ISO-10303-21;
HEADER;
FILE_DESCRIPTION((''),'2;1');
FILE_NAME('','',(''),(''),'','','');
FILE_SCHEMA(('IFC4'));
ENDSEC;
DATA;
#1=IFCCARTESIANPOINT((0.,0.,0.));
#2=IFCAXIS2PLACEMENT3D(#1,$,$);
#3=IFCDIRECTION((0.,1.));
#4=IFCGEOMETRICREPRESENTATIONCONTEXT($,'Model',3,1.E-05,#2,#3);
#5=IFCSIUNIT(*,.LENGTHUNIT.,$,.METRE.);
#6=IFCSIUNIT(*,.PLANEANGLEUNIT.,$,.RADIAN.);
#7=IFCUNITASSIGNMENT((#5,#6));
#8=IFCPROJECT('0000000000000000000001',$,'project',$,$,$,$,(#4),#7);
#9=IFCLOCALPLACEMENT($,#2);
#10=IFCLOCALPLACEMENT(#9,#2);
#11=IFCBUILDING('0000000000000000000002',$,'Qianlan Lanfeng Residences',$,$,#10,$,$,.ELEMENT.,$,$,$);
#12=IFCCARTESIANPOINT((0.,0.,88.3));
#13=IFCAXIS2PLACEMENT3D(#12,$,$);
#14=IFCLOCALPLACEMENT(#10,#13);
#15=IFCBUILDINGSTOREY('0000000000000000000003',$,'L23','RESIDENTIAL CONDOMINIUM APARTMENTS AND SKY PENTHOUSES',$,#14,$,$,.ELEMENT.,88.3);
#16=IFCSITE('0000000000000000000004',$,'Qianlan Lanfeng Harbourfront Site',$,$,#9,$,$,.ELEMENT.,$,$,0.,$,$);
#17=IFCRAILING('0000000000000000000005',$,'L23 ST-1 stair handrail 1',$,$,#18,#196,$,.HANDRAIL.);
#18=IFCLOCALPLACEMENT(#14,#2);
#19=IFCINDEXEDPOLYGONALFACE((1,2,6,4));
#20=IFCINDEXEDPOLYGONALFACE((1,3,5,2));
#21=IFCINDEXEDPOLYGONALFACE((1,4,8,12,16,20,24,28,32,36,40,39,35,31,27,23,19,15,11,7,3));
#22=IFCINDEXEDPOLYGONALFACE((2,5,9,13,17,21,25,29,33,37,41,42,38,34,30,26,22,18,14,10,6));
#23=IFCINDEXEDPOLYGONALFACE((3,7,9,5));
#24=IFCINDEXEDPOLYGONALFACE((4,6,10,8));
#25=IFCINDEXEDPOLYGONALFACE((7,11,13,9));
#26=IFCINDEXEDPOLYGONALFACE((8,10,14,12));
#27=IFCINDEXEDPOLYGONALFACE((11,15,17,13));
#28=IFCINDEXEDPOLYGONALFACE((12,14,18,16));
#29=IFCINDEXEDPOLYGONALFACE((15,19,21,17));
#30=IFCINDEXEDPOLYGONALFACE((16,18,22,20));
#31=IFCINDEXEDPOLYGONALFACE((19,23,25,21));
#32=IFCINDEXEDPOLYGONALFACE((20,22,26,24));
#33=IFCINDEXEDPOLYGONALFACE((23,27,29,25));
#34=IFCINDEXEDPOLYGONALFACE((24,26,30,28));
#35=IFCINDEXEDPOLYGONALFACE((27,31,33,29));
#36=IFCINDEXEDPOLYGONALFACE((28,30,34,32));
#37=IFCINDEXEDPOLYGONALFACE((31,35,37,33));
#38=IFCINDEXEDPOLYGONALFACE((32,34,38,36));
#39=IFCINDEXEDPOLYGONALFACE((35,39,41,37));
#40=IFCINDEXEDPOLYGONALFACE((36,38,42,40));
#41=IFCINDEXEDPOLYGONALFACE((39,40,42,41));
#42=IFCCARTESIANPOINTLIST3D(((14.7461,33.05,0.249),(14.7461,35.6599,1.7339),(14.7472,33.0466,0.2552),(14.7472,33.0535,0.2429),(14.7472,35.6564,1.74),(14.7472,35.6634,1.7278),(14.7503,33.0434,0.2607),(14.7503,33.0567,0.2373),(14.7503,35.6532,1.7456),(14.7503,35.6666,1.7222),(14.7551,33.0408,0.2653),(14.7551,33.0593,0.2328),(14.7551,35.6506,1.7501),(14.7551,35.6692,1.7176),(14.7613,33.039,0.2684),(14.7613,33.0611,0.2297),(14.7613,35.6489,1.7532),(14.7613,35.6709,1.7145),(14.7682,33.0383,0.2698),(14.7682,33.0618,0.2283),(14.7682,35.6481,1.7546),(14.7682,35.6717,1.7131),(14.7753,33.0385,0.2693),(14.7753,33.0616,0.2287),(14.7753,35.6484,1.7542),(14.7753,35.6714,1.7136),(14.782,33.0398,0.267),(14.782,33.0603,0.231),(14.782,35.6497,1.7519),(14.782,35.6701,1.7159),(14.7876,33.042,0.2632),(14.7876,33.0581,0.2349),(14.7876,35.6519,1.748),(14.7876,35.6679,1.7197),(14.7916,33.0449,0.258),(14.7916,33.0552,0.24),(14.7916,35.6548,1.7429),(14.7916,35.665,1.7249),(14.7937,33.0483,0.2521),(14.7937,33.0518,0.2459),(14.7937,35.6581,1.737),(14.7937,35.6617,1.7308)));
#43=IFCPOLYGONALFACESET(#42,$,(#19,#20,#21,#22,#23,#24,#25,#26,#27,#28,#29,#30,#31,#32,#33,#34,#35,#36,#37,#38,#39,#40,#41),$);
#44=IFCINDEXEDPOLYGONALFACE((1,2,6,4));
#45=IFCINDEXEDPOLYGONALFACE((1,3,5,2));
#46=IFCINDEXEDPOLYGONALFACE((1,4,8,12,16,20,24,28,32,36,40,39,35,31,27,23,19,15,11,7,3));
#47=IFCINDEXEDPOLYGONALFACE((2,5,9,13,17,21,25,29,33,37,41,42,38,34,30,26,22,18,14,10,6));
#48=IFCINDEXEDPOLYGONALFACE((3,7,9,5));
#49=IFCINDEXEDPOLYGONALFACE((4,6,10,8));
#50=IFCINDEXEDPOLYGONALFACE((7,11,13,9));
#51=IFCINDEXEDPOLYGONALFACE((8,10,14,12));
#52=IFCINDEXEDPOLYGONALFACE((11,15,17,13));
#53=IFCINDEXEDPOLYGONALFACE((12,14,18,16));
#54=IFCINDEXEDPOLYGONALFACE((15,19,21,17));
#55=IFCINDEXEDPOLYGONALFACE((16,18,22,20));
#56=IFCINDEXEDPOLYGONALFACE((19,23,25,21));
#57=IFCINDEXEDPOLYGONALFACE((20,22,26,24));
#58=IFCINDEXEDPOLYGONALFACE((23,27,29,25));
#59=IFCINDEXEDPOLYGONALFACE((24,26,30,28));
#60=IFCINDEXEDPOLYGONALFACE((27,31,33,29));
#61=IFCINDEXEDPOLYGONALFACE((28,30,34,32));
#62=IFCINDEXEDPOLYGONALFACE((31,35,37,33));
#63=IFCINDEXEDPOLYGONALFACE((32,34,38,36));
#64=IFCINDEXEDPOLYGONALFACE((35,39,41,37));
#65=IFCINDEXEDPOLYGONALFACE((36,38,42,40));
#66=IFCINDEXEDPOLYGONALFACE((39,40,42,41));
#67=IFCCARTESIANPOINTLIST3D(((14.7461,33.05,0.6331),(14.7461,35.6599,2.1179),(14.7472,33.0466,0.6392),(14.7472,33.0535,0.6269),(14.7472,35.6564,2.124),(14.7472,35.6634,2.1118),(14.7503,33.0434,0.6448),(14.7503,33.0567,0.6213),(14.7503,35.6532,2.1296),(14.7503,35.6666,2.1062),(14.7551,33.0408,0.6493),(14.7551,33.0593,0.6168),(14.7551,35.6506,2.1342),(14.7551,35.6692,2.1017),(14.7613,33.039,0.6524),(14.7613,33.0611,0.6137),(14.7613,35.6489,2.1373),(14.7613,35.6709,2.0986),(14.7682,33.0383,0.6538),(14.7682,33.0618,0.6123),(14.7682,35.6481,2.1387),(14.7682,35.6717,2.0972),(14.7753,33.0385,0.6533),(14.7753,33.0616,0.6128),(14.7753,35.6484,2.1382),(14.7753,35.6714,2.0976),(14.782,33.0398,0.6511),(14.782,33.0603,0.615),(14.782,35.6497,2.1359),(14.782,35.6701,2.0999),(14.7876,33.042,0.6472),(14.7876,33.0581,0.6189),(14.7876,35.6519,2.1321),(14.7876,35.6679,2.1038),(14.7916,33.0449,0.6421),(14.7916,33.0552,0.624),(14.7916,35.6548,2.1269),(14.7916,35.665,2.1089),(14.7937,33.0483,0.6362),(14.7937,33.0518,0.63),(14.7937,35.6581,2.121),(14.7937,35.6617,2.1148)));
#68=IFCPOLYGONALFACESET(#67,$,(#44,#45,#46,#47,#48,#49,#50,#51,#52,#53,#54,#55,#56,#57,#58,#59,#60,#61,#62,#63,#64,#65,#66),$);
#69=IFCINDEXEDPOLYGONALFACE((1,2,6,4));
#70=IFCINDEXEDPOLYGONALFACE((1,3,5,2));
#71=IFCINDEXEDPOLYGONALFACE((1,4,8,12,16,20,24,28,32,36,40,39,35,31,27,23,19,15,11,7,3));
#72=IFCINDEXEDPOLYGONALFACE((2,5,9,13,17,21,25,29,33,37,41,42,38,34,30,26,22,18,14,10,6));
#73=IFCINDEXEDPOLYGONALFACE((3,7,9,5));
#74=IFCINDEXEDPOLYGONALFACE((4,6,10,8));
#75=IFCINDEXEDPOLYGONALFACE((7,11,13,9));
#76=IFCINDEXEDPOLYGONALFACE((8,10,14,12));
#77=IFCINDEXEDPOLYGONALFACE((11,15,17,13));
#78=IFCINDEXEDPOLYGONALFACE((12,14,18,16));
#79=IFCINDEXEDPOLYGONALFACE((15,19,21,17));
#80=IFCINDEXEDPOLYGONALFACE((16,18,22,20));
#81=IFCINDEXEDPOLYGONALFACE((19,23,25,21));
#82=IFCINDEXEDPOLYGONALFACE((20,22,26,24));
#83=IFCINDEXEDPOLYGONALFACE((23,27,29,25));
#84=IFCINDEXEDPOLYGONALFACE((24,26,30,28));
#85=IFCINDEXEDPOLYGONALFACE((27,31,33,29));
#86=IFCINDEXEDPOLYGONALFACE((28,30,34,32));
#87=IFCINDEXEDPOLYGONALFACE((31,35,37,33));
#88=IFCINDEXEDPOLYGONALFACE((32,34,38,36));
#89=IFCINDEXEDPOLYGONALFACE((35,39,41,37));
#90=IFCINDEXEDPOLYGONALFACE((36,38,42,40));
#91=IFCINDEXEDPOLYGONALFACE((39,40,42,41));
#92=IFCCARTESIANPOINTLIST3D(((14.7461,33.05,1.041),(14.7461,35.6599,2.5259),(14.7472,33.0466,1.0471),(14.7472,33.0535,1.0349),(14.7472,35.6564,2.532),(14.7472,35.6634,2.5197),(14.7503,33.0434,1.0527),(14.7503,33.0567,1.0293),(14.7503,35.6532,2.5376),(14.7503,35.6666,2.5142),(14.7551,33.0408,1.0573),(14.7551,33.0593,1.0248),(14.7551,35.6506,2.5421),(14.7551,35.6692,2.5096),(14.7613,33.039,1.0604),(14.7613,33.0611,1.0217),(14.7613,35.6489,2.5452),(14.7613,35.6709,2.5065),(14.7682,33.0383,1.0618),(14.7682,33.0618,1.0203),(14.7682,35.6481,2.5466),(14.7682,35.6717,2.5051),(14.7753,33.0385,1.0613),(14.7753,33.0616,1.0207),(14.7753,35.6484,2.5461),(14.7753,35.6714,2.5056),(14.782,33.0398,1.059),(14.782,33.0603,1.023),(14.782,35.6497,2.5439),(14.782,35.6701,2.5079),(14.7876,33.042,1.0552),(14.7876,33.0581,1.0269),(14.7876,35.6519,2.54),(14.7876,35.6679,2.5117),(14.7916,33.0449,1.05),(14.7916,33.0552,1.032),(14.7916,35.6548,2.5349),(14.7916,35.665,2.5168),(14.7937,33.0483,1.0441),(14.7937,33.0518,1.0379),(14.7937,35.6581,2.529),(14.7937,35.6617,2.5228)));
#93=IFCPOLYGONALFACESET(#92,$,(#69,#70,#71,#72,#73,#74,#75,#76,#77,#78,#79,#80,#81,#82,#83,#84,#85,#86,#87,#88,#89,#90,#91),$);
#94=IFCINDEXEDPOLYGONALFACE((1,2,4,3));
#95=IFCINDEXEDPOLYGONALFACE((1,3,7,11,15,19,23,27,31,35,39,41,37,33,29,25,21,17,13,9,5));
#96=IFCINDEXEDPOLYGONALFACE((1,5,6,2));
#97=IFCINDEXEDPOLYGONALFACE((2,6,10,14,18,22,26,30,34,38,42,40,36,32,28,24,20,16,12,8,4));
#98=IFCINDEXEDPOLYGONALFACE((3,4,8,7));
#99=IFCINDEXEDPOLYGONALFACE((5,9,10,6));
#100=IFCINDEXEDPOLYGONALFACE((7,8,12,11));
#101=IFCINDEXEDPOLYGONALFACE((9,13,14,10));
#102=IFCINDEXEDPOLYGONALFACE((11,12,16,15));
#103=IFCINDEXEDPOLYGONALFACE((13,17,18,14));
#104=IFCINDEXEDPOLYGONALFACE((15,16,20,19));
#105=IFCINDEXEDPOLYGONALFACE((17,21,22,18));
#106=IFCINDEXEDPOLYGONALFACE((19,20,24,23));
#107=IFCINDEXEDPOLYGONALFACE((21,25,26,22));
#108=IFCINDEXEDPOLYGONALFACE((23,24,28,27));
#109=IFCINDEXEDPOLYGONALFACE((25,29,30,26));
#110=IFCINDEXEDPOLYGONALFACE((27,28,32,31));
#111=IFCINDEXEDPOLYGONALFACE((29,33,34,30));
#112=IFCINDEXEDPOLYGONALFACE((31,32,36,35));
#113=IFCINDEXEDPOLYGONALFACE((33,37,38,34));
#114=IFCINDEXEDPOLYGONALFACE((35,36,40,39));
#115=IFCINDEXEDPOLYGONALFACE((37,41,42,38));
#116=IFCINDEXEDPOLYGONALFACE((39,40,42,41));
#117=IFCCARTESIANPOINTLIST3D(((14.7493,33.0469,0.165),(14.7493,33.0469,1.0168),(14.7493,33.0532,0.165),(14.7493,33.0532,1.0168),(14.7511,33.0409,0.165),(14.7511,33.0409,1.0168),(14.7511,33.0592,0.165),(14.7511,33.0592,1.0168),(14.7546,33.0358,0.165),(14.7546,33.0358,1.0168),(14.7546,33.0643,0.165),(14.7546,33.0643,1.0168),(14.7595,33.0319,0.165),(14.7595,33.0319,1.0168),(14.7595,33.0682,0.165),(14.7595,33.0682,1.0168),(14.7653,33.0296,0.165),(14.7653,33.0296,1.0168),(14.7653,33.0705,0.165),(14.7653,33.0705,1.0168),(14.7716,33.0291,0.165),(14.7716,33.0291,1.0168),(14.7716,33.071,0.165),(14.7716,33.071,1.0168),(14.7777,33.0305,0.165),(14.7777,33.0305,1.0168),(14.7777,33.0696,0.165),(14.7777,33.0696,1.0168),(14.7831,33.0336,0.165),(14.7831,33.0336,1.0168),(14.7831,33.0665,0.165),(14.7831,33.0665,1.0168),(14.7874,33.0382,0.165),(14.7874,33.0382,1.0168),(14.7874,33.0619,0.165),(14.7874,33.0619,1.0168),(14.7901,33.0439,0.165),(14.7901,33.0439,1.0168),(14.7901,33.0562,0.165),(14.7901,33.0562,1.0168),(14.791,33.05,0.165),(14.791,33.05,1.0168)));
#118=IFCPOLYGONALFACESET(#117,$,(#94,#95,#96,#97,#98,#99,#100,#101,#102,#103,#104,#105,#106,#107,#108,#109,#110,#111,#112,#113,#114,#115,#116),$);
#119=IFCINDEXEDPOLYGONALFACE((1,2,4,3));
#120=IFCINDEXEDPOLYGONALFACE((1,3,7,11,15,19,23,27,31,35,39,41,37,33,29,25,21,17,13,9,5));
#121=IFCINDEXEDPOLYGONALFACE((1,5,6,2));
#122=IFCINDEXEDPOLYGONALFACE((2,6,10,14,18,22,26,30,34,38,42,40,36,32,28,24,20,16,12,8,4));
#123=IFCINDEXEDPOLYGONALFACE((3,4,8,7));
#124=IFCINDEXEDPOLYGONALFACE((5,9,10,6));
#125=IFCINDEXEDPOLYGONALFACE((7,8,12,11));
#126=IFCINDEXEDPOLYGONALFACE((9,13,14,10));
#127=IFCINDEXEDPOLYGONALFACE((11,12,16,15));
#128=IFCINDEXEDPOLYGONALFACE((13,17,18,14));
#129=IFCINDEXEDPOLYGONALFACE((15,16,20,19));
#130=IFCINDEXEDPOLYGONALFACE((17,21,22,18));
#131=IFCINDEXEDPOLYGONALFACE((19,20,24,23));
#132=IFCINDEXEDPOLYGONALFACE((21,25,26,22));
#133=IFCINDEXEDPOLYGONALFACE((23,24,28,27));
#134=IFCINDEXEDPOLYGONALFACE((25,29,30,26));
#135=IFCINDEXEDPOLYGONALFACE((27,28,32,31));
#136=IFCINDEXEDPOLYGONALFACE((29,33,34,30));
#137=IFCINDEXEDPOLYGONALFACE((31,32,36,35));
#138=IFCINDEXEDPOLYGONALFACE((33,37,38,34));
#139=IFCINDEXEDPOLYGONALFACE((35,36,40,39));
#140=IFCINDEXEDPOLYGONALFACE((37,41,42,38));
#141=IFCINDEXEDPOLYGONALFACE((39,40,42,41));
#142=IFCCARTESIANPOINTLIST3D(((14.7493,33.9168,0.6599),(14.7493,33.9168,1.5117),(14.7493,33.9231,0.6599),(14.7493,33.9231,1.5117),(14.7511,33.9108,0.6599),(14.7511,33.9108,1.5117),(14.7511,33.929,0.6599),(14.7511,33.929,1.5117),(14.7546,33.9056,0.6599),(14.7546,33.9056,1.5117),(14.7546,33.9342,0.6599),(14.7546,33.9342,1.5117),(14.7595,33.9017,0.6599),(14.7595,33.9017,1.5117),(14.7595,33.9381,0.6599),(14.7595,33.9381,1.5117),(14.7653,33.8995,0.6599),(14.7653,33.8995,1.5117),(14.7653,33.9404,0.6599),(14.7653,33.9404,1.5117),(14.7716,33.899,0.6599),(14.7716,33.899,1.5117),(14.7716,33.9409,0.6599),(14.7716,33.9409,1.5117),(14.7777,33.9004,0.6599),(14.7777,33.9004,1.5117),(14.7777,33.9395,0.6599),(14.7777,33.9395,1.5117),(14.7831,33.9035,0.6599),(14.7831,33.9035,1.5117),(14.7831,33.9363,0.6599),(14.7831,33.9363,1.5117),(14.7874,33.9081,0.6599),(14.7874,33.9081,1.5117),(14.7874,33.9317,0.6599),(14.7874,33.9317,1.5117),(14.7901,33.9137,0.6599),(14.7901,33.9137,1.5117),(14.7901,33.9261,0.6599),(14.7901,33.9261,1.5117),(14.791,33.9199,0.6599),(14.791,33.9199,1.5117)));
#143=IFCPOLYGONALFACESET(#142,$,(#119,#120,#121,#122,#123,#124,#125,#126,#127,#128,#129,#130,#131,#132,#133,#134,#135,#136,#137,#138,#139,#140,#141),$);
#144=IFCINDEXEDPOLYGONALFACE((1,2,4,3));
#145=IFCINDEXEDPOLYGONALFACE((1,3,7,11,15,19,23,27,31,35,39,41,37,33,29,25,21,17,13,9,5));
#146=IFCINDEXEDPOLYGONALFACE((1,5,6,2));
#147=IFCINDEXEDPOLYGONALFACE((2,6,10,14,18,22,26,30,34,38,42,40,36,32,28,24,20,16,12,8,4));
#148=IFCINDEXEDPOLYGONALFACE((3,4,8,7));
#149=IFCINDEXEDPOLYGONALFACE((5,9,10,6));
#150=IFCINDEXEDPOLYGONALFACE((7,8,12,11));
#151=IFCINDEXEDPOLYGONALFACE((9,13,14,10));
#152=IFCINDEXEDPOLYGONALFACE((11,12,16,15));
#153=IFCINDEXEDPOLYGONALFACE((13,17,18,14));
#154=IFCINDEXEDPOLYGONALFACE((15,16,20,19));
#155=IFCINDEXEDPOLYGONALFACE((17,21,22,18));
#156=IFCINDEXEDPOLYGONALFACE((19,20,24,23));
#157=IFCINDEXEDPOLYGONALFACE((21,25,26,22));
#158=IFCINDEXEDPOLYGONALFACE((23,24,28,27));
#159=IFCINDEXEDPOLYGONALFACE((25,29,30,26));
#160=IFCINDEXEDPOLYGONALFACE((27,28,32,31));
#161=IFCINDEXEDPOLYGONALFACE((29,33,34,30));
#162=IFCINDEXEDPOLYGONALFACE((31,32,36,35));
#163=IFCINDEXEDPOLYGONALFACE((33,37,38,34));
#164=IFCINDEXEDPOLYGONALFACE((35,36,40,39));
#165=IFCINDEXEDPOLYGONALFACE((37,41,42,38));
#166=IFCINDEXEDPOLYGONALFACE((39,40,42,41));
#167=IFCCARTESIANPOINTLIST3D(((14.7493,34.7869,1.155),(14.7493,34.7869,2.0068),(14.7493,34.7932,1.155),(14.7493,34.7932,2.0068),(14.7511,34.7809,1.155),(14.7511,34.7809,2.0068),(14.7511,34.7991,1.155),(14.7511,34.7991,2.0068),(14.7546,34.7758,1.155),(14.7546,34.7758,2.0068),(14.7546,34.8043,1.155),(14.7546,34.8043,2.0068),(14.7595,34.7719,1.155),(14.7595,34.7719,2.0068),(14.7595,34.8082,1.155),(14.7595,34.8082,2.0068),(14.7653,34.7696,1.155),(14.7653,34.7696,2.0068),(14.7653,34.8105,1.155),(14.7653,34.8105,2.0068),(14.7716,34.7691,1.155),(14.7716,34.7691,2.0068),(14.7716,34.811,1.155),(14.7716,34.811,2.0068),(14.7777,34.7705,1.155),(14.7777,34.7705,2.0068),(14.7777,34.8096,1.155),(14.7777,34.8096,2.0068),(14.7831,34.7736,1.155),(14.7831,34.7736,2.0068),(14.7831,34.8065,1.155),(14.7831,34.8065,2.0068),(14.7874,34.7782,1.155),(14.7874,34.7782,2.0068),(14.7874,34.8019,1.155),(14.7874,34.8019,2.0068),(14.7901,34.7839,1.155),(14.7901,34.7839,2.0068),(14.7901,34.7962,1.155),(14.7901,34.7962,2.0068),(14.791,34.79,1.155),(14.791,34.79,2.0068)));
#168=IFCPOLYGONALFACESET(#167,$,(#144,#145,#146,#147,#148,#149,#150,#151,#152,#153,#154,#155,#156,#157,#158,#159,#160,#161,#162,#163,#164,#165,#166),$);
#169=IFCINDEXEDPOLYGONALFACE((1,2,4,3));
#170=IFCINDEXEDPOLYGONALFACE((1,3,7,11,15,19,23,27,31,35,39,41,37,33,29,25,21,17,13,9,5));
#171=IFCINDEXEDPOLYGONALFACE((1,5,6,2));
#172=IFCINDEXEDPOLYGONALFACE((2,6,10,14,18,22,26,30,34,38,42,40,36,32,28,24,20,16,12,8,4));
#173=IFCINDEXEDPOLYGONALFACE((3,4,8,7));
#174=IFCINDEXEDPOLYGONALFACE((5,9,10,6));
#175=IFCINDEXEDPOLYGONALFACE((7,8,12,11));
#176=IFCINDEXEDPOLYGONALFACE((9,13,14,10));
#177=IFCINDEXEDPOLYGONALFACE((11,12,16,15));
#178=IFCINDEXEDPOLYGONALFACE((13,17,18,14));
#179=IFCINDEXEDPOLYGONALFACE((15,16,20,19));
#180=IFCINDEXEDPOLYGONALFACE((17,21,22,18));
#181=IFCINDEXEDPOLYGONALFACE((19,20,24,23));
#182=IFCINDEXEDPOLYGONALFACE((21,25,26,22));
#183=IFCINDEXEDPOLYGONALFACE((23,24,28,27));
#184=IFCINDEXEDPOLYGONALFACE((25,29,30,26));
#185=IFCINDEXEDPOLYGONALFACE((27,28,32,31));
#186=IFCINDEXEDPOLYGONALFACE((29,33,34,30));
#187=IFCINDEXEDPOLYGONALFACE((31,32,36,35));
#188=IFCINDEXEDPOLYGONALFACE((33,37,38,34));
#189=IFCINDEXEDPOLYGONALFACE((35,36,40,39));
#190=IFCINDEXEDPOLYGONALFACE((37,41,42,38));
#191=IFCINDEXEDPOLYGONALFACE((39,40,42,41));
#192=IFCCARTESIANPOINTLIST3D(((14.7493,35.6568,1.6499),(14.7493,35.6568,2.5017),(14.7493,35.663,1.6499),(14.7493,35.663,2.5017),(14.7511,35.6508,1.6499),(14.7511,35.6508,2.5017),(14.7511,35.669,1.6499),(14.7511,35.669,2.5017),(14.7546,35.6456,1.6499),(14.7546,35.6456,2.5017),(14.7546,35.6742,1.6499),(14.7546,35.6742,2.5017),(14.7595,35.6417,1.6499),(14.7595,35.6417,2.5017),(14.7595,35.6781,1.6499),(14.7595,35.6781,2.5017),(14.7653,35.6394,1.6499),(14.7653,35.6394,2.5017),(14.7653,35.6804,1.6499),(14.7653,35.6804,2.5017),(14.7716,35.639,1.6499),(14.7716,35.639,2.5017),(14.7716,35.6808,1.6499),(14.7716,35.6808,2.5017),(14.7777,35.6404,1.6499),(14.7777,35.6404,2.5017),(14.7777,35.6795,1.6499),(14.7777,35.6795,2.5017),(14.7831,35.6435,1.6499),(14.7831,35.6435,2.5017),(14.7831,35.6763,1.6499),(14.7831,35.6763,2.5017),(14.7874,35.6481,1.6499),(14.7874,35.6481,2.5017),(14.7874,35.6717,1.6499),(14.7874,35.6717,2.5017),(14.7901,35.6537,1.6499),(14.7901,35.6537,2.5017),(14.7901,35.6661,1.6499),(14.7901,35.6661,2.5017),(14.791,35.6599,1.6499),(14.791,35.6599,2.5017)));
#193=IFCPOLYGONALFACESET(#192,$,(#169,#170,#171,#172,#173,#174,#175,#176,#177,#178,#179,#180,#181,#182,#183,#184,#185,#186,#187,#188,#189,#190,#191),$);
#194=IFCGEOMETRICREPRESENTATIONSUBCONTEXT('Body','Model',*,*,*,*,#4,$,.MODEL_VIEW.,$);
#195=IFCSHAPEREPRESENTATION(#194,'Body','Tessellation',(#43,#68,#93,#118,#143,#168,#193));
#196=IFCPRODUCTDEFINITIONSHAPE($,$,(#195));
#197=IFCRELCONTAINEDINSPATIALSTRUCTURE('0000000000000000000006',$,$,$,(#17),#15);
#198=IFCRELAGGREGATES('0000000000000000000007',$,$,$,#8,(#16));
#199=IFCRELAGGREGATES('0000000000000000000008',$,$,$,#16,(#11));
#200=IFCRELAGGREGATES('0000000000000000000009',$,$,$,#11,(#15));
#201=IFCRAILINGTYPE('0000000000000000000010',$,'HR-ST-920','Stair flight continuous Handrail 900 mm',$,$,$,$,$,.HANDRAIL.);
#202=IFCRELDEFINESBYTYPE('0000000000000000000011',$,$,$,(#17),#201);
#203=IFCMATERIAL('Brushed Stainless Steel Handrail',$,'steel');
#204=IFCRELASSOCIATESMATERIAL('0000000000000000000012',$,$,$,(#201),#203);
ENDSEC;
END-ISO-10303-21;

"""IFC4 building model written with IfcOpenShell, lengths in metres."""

from ifc_helpers import new_model, si_unit, direction, frame, origin, origin_2d, place, context, subcontext, project, spatial, circle, extrude, material, type_object, element, save


model = new_model("IFC4")

# Units and contexts
model_context = context("Model", 3, precision=1e-05, world=origin(), true_north=direction((0.0, 1.0)))
body_context = subcontext(model_context, "Body", "Model", "MODEL_VIEW")
ifc_project = project(units=[si_unit("LENGTHUNIT", "METRE"), si_unit("PLANEANGLEUNIT", "RADIAN")], contexts=[model_context])

# Site, building, storey
site_placement = place(None, origin())
site = spatial("IfcSite", under=ifc_project, at=site_placement, Name="Qianlan Lanfeng Harbourfront Site", CompositionType="ELEMENT", RefElevation=0.0)
building_placement = place(site_placement, origin())
building = spatial("IfcBuilding", under=site, at=building_placement, Name="Qianlan Lanfeng Residences", CompositionType="ELEMENT")
storey_placement = place(building_placement, frame((0.0, 0.0, 88.3)))
storey = spatial("IfcBuildingStorey", under=building, at=storey_placement, Name="L23", Description="RESIDENTIAL CONDOMINIUM APARTMENTS AND SKY PENTHOUSES", CompositionType="ELEMENT", Elevation=88.3)

# Railing
ifc_material_1 = material(Name="Brushed Stainless Steel Handrail", Category="steel")
railing_type_1 = type_object("IfcRailingType", Name="HR-ST-920", Description="Stair flight continuous Handrail 900 mm", PredefinedType="HANDRAIL", material=ifc_material_1)
railing_1_placement = place(storey_placement, frame((14.77, 33.05, 0.165)))
element("IfcRailing", 1, at=railing_1_placement, inside=storey, type_object=railing_type_1, Name="L23 ST-1 stair handrail 1", PredefinedType="HANDRAIL", context=body_context, shape_type="SweptSolid", body=[
    extrude(circle(Radius=0.0239, at=origin_2d()), frame((0.0, 0.0, 0.084), z_axis=(0.0, 0.869172, 0.494509), x_axis=(-1.0, 0.0, 0.0)), (0.0, 0.0, 1.0), 3.0027),
    extrude(circle(Radius=0.0239, at=origin_2d()), frame((0.0, 0.0, 0.468), z_axis=(0.0, 0.869172, 0.494509), x_axis=(-1.0, 0.0, 0.0)), (0.0, 0.0, 1.0), 3.0027),
    extrude(circle(Radius=0.0239, at=origin_2d()), frame((0.0, 0.0, 0.876), z_axis=(0.0, 0.869172, 0.494509), x_axis=(-1.0, 0.0, 0.0)), (0.0, 0.0, 1.0), 3.0027),
    extrude(circle(Radius=0.021, at=origin_2d()), origin(), (0.0, 0.0, 1.0), 0.8518),
    extrude(circle(Radius=0.021, at=origin_2d()), frame((0.0, 0.8699, 0.4949)), (0.0, 0.0, 1.0), 0.8518),
    extrude(circle(Radius=0.021, at=origin_2d()), frame((0.0, 1.74, 0.99)), (0.0, 0.0, 1.0), 0.8518),
    extrude(circle(Radius=0.021, at=origin_2d()), frame((0.0, 2.6099, 1.4849)), (0.0, 0.0, 1.0), 0.8518),
])

save(model, "model.ifc")
